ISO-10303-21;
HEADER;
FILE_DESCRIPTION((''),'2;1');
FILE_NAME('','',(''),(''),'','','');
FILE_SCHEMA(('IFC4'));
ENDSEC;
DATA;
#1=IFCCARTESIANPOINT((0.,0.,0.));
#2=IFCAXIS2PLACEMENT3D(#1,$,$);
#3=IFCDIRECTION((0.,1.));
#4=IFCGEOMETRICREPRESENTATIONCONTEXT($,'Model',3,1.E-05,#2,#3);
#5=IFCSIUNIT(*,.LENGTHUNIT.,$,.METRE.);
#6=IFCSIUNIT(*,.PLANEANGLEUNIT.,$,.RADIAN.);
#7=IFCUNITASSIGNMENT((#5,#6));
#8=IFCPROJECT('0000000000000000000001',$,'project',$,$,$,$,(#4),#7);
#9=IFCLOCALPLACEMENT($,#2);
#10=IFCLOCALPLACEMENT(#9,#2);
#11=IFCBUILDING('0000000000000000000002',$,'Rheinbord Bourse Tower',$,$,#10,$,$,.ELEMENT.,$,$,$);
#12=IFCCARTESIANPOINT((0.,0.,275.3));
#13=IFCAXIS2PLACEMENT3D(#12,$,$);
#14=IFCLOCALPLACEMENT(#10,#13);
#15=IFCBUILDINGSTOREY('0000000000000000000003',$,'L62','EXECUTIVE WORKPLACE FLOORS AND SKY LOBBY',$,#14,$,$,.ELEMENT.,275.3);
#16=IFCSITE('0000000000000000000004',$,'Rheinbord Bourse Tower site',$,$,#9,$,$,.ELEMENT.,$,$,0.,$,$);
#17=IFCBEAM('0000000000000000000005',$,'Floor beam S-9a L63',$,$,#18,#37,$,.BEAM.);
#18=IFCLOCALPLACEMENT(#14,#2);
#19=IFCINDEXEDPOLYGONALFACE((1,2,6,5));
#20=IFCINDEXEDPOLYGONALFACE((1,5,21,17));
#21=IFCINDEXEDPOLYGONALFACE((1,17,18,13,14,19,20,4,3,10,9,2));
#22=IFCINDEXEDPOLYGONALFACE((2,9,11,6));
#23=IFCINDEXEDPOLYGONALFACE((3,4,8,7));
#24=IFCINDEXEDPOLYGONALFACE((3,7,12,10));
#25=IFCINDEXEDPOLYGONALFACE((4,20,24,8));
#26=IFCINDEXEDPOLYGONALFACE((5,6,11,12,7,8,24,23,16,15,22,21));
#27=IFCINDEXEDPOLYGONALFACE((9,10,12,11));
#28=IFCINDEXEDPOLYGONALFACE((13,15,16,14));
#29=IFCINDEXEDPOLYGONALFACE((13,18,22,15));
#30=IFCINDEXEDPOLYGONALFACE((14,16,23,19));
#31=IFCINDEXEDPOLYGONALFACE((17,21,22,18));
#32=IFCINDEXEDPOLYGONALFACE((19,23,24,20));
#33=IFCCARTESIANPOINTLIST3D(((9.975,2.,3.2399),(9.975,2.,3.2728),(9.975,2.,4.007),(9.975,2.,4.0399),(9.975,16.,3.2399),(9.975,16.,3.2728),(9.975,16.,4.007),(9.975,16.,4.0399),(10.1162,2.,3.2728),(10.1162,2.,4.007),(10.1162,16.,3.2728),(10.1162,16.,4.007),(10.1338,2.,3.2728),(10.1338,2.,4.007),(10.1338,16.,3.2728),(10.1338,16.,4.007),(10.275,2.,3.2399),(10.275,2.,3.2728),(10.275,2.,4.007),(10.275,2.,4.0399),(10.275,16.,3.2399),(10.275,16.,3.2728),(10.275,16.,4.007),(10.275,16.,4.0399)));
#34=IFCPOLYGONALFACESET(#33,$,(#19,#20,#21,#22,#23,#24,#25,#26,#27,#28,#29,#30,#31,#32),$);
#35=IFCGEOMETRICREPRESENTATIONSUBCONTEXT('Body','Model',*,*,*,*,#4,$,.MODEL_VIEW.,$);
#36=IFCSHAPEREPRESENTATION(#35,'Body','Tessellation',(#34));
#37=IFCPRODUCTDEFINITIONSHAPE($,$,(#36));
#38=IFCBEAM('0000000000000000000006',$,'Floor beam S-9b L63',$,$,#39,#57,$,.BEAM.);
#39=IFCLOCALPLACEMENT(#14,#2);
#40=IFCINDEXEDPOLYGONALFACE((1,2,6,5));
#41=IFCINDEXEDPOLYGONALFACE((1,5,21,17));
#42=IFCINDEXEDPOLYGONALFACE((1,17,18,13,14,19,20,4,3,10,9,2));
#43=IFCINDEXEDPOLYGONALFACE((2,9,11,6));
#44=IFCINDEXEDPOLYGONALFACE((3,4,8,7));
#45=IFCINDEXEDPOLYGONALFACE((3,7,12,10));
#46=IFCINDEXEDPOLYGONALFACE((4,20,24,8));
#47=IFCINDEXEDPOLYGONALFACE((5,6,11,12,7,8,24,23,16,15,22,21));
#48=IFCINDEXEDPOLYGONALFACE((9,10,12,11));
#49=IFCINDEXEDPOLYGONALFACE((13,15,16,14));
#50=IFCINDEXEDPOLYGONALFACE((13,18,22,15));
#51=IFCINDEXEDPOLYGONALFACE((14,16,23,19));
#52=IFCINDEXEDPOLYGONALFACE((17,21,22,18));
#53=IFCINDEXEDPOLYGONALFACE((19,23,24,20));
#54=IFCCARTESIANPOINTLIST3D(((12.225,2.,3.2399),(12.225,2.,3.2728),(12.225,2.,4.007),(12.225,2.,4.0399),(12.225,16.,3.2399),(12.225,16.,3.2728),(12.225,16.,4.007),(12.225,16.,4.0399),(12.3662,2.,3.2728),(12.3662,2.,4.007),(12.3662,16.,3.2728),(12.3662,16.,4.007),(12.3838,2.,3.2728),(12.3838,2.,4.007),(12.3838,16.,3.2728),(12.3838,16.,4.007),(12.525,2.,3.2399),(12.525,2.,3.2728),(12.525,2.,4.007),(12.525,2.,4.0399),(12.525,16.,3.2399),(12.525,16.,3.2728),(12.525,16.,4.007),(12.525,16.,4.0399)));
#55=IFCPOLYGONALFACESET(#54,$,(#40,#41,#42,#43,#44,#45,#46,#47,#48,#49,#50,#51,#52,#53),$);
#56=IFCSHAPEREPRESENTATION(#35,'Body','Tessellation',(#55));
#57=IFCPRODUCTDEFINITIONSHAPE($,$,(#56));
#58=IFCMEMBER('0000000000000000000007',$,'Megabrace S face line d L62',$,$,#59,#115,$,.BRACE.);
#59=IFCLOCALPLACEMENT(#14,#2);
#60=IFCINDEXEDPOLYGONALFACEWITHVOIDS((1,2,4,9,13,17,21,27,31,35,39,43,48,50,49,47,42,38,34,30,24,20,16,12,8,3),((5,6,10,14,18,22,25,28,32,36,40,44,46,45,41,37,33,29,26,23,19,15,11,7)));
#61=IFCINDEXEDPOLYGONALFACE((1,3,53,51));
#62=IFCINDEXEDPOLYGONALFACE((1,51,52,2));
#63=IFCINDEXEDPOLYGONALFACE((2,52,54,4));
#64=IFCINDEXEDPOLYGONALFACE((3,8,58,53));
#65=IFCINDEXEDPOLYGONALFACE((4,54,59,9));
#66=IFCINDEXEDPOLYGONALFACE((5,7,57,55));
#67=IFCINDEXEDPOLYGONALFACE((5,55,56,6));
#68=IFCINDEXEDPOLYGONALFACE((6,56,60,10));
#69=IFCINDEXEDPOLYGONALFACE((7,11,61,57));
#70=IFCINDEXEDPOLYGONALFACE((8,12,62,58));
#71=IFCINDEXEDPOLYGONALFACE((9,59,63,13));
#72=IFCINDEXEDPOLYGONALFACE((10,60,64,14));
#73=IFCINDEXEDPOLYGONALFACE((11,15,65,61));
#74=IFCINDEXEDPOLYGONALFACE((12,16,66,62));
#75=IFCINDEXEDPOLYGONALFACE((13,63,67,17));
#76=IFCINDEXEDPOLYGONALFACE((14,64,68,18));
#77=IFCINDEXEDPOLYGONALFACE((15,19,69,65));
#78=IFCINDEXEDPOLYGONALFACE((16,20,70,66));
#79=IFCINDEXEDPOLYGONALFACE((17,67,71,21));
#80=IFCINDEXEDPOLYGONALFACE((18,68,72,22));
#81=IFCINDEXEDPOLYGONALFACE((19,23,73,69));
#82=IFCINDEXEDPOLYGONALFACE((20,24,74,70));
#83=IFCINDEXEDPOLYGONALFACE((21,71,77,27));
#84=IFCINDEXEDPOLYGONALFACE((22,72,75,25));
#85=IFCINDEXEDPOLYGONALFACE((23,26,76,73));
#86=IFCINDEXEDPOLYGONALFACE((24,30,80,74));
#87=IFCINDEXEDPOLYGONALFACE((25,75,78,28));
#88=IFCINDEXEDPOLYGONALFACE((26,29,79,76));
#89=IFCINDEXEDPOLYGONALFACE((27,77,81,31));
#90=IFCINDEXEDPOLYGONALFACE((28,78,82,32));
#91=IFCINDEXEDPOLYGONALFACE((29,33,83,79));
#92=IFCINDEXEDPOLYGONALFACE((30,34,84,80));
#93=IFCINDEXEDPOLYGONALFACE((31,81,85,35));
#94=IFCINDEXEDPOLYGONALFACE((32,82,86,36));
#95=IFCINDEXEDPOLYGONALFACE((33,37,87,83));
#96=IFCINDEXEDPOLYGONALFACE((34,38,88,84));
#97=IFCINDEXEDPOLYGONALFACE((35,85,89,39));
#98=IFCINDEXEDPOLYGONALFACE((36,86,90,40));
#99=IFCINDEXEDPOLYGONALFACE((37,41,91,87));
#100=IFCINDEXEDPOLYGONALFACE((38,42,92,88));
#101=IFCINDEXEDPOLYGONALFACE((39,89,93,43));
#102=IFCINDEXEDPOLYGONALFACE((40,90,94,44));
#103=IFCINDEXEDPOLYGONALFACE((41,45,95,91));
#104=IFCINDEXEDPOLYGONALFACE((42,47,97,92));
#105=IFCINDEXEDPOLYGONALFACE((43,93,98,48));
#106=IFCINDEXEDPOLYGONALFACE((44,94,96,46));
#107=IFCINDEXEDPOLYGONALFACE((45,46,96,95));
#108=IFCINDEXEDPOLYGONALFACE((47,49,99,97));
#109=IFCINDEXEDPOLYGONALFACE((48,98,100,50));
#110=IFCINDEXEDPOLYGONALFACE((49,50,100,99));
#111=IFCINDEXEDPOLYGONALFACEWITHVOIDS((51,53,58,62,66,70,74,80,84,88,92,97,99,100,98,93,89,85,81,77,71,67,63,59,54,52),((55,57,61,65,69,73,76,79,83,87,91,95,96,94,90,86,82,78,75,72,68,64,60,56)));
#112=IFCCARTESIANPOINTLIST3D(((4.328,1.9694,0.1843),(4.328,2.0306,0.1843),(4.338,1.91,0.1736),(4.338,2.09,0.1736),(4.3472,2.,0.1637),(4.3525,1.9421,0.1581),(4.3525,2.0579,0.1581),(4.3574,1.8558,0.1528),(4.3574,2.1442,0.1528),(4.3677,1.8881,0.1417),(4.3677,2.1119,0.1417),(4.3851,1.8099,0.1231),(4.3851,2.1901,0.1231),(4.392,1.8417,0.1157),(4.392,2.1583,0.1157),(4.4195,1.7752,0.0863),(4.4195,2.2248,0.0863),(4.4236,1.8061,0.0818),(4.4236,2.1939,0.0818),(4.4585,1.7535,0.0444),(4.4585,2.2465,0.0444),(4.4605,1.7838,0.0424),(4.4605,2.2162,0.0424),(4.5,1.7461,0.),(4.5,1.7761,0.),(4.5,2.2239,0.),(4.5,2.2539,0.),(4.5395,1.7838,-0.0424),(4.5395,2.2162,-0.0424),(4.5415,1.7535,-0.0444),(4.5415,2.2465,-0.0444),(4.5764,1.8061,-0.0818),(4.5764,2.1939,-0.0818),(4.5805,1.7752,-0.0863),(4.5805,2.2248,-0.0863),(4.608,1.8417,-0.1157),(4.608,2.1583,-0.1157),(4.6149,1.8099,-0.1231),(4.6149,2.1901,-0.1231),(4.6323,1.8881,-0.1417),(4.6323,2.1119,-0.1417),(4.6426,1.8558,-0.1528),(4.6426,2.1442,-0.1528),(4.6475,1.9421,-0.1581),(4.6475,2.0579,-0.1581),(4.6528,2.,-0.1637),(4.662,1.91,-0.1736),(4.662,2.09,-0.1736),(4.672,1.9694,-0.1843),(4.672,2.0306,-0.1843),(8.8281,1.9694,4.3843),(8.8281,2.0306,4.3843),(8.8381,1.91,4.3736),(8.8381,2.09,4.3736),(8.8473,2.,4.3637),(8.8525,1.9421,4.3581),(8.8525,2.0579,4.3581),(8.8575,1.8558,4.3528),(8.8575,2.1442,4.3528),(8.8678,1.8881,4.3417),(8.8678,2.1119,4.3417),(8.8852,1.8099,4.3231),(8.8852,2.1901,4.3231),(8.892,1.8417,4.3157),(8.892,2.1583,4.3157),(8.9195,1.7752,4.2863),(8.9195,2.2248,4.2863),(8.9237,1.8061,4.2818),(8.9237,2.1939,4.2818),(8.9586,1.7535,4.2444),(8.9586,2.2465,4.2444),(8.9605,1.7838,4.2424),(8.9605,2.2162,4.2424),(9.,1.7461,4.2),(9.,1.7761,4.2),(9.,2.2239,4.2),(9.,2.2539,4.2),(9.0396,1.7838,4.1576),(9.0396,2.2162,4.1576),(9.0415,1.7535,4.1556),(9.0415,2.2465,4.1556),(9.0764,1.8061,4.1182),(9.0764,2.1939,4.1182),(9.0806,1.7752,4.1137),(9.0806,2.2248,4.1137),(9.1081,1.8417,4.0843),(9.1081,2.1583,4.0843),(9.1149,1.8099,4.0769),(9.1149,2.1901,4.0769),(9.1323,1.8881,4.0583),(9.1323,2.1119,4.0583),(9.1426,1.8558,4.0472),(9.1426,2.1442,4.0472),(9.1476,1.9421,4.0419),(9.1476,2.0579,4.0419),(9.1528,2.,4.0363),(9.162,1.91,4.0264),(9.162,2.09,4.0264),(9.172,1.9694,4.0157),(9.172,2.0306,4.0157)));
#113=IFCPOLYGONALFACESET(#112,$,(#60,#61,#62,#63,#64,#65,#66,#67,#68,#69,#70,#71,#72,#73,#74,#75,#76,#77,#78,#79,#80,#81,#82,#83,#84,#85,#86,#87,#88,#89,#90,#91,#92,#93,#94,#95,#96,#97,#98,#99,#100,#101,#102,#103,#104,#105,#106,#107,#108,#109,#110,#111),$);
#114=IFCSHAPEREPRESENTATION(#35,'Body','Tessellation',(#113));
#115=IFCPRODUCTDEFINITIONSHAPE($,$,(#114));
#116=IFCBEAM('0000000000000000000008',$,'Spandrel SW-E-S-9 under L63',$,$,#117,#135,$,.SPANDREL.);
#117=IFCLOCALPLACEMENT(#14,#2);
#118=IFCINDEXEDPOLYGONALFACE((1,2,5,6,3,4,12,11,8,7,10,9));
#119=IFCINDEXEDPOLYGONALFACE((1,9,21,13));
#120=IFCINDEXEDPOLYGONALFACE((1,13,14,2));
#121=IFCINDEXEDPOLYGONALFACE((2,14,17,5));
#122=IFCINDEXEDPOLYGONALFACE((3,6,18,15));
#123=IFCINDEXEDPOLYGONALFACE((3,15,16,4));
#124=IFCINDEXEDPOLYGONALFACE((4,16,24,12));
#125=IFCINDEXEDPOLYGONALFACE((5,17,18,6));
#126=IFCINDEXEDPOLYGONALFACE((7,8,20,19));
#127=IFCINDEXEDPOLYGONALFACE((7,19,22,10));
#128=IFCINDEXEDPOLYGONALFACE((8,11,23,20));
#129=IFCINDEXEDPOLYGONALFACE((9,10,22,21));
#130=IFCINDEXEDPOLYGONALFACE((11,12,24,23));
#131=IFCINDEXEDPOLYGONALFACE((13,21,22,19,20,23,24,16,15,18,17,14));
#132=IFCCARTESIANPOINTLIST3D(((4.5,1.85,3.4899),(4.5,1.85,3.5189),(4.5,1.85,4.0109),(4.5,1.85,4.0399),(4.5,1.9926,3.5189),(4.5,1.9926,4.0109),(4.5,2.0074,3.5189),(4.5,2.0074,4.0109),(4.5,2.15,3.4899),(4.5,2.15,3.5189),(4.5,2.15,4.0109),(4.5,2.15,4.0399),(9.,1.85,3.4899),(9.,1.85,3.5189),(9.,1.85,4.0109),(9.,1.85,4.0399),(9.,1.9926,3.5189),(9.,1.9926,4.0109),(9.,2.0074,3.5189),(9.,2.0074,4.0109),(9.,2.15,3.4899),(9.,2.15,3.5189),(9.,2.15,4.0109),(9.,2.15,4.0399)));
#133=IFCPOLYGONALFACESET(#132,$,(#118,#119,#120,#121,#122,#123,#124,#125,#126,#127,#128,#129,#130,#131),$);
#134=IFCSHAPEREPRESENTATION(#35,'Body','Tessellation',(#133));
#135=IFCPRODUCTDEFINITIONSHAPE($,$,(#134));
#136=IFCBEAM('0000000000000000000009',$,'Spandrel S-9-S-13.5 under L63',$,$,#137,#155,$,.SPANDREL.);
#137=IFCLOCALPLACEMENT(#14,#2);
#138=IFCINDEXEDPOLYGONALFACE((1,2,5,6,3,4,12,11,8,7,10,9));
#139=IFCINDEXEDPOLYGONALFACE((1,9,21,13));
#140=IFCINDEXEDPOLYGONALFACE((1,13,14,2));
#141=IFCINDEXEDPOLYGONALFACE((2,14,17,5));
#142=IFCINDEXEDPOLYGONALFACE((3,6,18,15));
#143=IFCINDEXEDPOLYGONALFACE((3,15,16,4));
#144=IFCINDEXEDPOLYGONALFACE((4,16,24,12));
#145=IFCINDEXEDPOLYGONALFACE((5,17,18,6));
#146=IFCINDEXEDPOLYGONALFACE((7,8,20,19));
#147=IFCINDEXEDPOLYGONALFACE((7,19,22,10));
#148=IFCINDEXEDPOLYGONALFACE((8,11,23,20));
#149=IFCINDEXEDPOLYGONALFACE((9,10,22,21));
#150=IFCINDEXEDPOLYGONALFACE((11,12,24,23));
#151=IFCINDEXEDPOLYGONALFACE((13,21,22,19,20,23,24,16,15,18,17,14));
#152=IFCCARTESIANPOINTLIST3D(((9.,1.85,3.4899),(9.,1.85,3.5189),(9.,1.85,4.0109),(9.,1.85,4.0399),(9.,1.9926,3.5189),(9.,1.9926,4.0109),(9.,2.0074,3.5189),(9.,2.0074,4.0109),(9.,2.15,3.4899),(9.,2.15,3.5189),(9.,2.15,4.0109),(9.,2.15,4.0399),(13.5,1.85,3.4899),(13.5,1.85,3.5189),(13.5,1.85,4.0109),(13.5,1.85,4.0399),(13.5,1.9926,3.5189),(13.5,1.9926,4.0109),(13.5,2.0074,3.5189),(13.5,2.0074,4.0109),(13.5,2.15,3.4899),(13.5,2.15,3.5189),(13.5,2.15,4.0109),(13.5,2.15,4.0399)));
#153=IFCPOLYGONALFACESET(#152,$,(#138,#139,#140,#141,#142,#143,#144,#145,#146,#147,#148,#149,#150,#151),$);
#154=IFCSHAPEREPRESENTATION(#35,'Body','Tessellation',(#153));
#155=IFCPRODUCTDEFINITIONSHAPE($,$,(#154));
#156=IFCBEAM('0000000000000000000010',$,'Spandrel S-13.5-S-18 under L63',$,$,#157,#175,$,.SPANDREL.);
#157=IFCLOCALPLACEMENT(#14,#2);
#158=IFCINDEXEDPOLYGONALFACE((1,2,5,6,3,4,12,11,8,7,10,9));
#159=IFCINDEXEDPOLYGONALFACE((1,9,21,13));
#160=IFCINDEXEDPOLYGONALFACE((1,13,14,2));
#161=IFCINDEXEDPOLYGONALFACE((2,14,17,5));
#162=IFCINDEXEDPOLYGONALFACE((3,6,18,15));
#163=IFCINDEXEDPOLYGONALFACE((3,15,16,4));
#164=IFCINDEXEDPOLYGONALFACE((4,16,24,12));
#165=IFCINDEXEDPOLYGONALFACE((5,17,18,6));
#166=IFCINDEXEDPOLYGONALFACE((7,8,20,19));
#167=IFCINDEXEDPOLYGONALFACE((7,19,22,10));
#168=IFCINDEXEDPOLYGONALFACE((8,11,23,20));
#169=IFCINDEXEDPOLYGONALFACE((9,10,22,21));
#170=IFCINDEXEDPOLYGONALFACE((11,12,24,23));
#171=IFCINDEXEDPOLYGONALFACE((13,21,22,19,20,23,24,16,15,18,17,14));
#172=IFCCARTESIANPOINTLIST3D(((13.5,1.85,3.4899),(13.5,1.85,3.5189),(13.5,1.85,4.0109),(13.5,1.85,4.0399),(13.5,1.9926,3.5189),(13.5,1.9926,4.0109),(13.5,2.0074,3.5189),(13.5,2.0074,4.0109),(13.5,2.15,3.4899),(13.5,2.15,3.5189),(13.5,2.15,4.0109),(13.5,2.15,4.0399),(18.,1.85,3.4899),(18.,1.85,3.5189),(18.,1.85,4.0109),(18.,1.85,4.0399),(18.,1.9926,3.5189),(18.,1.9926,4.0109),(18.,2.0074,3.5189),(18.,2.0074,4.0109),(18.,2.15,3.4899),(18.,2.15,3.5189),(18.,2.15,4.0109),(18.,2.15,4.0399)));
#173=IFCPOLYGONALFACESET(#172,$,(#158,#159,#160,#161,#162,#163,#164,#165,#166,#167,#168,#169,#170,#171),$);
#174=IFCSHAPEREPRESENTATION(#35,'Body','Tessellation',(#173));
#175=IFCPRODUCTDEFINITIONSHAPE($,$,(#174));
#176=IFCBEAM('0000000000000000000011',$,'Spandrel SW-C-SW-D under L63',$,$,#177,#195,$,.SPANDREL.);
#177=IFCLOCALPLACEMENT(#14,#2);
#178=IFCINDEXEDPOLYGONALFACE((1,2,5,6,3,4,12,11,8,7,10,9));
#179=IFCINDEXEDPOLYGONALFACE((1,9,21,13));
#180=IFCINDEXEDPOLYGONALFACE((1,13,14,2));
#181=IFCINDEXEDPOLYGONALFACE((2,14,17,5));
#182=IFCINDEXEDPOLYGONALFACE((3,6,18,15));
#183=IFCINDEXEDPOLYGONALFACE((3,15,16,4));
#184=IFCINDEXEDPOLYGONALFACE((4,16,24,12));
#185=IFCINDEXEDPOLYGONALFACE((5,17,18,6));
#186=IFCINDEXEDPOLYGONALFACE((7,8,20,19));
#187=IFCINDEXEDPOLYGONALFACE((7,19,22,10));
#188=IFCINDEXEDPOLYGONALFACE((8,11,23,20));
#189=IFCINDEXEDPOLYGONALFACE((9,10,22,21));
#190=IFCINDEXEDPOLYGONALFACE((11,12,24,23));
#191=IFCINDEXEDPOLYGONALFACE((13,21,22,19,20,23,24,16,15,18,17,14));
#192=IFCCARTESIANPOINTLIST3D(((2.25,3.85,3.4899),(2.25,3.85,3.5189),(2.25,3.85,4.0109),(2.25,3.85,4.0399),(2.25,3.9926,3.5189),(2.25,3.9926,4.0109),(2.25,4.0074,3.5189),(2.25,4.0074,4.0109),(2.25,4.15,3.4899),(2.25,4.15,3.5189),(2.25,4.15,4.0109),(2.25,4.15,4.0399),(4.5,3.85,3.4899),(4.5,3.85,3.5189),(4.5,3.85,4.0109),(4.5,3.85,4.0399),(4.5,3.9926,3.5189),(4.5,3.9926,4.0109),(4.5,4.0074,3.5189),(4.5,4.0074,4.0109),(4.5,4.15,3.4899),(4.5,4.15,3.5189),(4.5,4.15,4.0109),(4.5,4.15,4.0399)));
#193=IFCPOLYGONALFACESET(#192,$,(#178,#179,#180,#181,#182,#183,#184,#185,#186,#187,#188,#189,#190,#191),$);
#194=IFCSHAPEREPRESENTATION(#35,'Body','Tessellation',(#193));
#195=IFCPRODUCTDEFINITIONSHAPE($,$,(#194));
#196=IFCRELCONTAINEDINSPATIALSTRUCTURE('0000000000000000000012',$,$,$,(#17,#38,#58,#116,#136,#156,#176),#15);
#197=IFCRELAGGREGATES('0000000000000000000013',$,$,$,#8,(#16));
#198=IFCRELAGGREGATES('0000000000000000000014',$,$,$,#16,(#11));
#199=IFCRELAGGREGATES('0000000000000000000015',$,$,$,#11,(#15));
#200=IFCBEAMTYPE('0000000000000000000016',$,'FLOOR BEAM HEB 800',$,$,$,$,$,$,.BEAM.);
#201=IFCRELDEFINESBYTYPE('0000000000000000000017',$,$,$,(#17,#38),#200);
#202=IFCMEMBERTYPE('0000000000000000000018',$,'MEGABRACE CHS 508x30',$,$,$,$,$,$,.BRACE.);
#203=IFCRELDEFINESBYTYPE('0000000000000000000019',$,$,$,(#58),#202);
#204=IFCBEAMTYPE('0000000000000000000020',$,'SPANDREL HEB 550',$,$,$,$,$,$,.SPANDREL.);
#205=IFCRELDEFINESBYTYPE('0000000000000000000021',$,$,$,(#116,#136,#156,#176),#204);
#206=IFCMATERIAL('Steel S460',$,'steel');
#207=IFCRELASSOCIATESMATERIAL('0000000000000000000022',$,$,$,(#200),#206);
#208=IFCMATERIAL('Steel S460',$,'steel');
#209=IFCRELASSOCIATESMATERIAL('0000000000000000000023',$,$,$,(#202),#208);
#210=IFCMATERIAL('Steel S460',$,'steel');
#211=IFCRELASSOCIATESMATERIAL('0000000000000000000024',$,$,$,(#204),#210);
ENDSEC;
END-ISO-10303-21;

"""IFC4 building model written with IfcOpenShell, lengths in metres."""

from ifc_helpers import new_model, si_unit, direction, frame, origin, origin_2d, place, context, subcontext, project, spatial, hollow_circle, i_section, extrude, material, material_profile, profile_set, type_object, element, save


model = new_model("IFC4")

# Units and contexts
model_context = context("Model", 3, precision=1e-05, world=origin(), true_north=direction((0.0, 1.0)))
body_context = subcontext(model_context, "Body", "Model", "MODEL_VIEW")
ifc_project = project(units=[si_unit("LENGTHUNIT", "METRE"), si_unit("PLANEANGLEUNIT", "RADIAN")], contexts=[model_context])

# Site, building, storey
site_placement = place(None, origin())
site = spatial("IfcSite", under=ifc_project, at=site_placement, Name="Rheinbord Bourse Tower site", CompositionType="ELEMENT", RefElevation=0.0)
building_placement = place(site_placement, origin())
building = spatial("IfcBuilding", under=site, at=building_placement, Name="Rheinbord Bourse Tower", CompositionType="ELEMENT")
storey_placement = place(building_placement, frame((0.0, 0.0, 275.3)))
storey = spatial("IfcBuildingStorey", under=building, at=storey_placement, Name="L62", Description="EXECUTIVE WORKPLACE FLOORS AND SKY LOBBY", CompositionType="ELEMENT", Elevation=275.3)

# Beams
ifc_material_1 = material(Name="Steel S460", Category="steel")
ifc_material_profile_1 = material_profile(ifc_material_1, i_section(OverallWidth=0.3, OverallDepth=0.8, WebThickness=0.0176, FlangeThickness=0.033, at=origin_2d()), Name="HEB 800")
ifc_profile_set_1 = profile_set([ifc_material_profile_1], Name="Steel S460")
beam_type_1 = type_object("IfcBeamType", Name="FLOOR BEAM HEB 800", PredefinedType="BEAM", material=ifc_profile_set_1)
for number, where, z_axis, x_axis, name in (
    (1, (10.125, 2.0, 3.6399), (0.0, 1.0, 0.0), (-1.0, 0.0, 0.0), "Floor beam S-9a L63"),
    (2, (12.375, 2.0, 3.6399), (0.0, 1.0, 0.0), (-1.0, 0.0, 0.0), "Floor beam S-9b L63"),
):
    element("IfcBeam", number, at=place(storey_placement, frame(where, z_axis=z_axis, x_axis=x_axis)), inside=storey, type_object=beam_type_1, Name=name, PredefinedType="BEAM", context=body_context, shape_type="SweptSolid", body=[
        extrude(i_section(OverallWidth=0.3, OverallDepth=0.8, WebThickness=0.0176, FlangeThickness=0.033, at=origin_2d()), origin(), (0.0, 0.0, 1.0), 14.0),
    ])

# Member
ifc_material_2 = material(Name="Steel S460", Category="steel")
ifc_material_profile_2 = material_profile(ifc_material_2, hollow_circle(Radius=0.2539, WallThickness=0.03, at=origin_2d()), Name="CHS 508x30")
ifc_profile_set_2 = profile_set([ifc_material_profile_2], Name="Steel S460")
member_type_1 = type_object("IfcMemberType", Name="MEGABRACE CHS 508x30", PredefinedType="BRACE", material=ifc_profile_set_2)
member_1_placement = place(storey_placement, frame((4.5, 2.0, 0.0), z_axis=(0.731059, 0.0, 0.682314), x_axis=(0.0, 1.0, 0.0)))
element("IfcMember", 3, at=member_1_placement, inside=storey, type_object=member_type_1, Name="Megabrace S face line d L62", PredefinedType="BRACE", context=body_context, shape_type="SweptSolid", body=[
    extrude(hollow_circle(Radius=0.2539, WallThickness=0.03, at=origin_2d()), origin(), (0.0, 0.0, 1.0), 6.1555),
])

# Beams
ifc_material_3 = material(Name="Steel S460", Category="steel")
ifc_material_profile_3 = material_profile(ifc_material_3, i_section(OverallWidth=0.3, OverallDepth=0.55, WebThickness=0.0149, FlangeThickness=0.0291, at=origin_2d()), Name="HEB 550")
ifc_profile_set_3 = profile_set([ifc_material_profile_3], Name="Steel S460")
beam_type_2 = type_object("IfcBeamType", Name="SPANDREL HEB 550", PredefinedType="SPANDREL", material=ifc_profile_set_3)
for number, where, z_axis, x_axis, name in (
    (4, (4.5, 2.0, 3.7649), (1.0, 0.0, 0.0), (0.0, 1.0, 0.0), "Spandrel SW-E-S-9 under L63"),
    (5, (9.0, 2.0, 3.7649), (1.0, 0.0, 0.0), (0.0, 1.0, 0.0), "Spandrel S-9-S-13.5 under L63"),
    (6, (13.5, 2.0, 3.7649), (1.0, 0.0, 0.0), (0.0, 1.0, 0.0), "Spandrel S-13.5-S-18 under L63"),
):
    element("IfcBeam", number, at=place(storey_placement, frame(where, z_axis=z_axis, x_axis=x_axis)), inside=storey, type_object=beam_type_2, Name=name, PredefinedType="SPANDREL", context=body_context, shape_type="SweptSolid", body=[
        extrude(i_section(OverallWidth=0.3, OverallDepth=0.55, WebThickness=0.0149, FlangeThickness=0.0291, at=origin_2d()), origin(), (0.0, 0.0, 1.0), 4.5),
    ])
beam_1_placement = place(storey_placement, frame((2.25, 4.0, 3.7649), z_axis=(1.0, 0.0, 0.0), x_axis=(0.0, 1.0, 0.0)))
element("IfcBeam", 7, at=beam_1_placement, inside=storey, type_object=beam_type_2, Name="Spandrel SW-C-SW-D under L63", PredefinedType="SPANDREL", context=body_context, shape_type="SweptSolid", body=[
    extrude(i_section(OverallWidth=0.3, OverallDepth=0.55, WebThickness=0.0149, FlangeThickness=0.0291, at=origin_2d()), origin(), (0.0, 0.0, 1.0), 2.25),
])

save(model, "model.ifc")
